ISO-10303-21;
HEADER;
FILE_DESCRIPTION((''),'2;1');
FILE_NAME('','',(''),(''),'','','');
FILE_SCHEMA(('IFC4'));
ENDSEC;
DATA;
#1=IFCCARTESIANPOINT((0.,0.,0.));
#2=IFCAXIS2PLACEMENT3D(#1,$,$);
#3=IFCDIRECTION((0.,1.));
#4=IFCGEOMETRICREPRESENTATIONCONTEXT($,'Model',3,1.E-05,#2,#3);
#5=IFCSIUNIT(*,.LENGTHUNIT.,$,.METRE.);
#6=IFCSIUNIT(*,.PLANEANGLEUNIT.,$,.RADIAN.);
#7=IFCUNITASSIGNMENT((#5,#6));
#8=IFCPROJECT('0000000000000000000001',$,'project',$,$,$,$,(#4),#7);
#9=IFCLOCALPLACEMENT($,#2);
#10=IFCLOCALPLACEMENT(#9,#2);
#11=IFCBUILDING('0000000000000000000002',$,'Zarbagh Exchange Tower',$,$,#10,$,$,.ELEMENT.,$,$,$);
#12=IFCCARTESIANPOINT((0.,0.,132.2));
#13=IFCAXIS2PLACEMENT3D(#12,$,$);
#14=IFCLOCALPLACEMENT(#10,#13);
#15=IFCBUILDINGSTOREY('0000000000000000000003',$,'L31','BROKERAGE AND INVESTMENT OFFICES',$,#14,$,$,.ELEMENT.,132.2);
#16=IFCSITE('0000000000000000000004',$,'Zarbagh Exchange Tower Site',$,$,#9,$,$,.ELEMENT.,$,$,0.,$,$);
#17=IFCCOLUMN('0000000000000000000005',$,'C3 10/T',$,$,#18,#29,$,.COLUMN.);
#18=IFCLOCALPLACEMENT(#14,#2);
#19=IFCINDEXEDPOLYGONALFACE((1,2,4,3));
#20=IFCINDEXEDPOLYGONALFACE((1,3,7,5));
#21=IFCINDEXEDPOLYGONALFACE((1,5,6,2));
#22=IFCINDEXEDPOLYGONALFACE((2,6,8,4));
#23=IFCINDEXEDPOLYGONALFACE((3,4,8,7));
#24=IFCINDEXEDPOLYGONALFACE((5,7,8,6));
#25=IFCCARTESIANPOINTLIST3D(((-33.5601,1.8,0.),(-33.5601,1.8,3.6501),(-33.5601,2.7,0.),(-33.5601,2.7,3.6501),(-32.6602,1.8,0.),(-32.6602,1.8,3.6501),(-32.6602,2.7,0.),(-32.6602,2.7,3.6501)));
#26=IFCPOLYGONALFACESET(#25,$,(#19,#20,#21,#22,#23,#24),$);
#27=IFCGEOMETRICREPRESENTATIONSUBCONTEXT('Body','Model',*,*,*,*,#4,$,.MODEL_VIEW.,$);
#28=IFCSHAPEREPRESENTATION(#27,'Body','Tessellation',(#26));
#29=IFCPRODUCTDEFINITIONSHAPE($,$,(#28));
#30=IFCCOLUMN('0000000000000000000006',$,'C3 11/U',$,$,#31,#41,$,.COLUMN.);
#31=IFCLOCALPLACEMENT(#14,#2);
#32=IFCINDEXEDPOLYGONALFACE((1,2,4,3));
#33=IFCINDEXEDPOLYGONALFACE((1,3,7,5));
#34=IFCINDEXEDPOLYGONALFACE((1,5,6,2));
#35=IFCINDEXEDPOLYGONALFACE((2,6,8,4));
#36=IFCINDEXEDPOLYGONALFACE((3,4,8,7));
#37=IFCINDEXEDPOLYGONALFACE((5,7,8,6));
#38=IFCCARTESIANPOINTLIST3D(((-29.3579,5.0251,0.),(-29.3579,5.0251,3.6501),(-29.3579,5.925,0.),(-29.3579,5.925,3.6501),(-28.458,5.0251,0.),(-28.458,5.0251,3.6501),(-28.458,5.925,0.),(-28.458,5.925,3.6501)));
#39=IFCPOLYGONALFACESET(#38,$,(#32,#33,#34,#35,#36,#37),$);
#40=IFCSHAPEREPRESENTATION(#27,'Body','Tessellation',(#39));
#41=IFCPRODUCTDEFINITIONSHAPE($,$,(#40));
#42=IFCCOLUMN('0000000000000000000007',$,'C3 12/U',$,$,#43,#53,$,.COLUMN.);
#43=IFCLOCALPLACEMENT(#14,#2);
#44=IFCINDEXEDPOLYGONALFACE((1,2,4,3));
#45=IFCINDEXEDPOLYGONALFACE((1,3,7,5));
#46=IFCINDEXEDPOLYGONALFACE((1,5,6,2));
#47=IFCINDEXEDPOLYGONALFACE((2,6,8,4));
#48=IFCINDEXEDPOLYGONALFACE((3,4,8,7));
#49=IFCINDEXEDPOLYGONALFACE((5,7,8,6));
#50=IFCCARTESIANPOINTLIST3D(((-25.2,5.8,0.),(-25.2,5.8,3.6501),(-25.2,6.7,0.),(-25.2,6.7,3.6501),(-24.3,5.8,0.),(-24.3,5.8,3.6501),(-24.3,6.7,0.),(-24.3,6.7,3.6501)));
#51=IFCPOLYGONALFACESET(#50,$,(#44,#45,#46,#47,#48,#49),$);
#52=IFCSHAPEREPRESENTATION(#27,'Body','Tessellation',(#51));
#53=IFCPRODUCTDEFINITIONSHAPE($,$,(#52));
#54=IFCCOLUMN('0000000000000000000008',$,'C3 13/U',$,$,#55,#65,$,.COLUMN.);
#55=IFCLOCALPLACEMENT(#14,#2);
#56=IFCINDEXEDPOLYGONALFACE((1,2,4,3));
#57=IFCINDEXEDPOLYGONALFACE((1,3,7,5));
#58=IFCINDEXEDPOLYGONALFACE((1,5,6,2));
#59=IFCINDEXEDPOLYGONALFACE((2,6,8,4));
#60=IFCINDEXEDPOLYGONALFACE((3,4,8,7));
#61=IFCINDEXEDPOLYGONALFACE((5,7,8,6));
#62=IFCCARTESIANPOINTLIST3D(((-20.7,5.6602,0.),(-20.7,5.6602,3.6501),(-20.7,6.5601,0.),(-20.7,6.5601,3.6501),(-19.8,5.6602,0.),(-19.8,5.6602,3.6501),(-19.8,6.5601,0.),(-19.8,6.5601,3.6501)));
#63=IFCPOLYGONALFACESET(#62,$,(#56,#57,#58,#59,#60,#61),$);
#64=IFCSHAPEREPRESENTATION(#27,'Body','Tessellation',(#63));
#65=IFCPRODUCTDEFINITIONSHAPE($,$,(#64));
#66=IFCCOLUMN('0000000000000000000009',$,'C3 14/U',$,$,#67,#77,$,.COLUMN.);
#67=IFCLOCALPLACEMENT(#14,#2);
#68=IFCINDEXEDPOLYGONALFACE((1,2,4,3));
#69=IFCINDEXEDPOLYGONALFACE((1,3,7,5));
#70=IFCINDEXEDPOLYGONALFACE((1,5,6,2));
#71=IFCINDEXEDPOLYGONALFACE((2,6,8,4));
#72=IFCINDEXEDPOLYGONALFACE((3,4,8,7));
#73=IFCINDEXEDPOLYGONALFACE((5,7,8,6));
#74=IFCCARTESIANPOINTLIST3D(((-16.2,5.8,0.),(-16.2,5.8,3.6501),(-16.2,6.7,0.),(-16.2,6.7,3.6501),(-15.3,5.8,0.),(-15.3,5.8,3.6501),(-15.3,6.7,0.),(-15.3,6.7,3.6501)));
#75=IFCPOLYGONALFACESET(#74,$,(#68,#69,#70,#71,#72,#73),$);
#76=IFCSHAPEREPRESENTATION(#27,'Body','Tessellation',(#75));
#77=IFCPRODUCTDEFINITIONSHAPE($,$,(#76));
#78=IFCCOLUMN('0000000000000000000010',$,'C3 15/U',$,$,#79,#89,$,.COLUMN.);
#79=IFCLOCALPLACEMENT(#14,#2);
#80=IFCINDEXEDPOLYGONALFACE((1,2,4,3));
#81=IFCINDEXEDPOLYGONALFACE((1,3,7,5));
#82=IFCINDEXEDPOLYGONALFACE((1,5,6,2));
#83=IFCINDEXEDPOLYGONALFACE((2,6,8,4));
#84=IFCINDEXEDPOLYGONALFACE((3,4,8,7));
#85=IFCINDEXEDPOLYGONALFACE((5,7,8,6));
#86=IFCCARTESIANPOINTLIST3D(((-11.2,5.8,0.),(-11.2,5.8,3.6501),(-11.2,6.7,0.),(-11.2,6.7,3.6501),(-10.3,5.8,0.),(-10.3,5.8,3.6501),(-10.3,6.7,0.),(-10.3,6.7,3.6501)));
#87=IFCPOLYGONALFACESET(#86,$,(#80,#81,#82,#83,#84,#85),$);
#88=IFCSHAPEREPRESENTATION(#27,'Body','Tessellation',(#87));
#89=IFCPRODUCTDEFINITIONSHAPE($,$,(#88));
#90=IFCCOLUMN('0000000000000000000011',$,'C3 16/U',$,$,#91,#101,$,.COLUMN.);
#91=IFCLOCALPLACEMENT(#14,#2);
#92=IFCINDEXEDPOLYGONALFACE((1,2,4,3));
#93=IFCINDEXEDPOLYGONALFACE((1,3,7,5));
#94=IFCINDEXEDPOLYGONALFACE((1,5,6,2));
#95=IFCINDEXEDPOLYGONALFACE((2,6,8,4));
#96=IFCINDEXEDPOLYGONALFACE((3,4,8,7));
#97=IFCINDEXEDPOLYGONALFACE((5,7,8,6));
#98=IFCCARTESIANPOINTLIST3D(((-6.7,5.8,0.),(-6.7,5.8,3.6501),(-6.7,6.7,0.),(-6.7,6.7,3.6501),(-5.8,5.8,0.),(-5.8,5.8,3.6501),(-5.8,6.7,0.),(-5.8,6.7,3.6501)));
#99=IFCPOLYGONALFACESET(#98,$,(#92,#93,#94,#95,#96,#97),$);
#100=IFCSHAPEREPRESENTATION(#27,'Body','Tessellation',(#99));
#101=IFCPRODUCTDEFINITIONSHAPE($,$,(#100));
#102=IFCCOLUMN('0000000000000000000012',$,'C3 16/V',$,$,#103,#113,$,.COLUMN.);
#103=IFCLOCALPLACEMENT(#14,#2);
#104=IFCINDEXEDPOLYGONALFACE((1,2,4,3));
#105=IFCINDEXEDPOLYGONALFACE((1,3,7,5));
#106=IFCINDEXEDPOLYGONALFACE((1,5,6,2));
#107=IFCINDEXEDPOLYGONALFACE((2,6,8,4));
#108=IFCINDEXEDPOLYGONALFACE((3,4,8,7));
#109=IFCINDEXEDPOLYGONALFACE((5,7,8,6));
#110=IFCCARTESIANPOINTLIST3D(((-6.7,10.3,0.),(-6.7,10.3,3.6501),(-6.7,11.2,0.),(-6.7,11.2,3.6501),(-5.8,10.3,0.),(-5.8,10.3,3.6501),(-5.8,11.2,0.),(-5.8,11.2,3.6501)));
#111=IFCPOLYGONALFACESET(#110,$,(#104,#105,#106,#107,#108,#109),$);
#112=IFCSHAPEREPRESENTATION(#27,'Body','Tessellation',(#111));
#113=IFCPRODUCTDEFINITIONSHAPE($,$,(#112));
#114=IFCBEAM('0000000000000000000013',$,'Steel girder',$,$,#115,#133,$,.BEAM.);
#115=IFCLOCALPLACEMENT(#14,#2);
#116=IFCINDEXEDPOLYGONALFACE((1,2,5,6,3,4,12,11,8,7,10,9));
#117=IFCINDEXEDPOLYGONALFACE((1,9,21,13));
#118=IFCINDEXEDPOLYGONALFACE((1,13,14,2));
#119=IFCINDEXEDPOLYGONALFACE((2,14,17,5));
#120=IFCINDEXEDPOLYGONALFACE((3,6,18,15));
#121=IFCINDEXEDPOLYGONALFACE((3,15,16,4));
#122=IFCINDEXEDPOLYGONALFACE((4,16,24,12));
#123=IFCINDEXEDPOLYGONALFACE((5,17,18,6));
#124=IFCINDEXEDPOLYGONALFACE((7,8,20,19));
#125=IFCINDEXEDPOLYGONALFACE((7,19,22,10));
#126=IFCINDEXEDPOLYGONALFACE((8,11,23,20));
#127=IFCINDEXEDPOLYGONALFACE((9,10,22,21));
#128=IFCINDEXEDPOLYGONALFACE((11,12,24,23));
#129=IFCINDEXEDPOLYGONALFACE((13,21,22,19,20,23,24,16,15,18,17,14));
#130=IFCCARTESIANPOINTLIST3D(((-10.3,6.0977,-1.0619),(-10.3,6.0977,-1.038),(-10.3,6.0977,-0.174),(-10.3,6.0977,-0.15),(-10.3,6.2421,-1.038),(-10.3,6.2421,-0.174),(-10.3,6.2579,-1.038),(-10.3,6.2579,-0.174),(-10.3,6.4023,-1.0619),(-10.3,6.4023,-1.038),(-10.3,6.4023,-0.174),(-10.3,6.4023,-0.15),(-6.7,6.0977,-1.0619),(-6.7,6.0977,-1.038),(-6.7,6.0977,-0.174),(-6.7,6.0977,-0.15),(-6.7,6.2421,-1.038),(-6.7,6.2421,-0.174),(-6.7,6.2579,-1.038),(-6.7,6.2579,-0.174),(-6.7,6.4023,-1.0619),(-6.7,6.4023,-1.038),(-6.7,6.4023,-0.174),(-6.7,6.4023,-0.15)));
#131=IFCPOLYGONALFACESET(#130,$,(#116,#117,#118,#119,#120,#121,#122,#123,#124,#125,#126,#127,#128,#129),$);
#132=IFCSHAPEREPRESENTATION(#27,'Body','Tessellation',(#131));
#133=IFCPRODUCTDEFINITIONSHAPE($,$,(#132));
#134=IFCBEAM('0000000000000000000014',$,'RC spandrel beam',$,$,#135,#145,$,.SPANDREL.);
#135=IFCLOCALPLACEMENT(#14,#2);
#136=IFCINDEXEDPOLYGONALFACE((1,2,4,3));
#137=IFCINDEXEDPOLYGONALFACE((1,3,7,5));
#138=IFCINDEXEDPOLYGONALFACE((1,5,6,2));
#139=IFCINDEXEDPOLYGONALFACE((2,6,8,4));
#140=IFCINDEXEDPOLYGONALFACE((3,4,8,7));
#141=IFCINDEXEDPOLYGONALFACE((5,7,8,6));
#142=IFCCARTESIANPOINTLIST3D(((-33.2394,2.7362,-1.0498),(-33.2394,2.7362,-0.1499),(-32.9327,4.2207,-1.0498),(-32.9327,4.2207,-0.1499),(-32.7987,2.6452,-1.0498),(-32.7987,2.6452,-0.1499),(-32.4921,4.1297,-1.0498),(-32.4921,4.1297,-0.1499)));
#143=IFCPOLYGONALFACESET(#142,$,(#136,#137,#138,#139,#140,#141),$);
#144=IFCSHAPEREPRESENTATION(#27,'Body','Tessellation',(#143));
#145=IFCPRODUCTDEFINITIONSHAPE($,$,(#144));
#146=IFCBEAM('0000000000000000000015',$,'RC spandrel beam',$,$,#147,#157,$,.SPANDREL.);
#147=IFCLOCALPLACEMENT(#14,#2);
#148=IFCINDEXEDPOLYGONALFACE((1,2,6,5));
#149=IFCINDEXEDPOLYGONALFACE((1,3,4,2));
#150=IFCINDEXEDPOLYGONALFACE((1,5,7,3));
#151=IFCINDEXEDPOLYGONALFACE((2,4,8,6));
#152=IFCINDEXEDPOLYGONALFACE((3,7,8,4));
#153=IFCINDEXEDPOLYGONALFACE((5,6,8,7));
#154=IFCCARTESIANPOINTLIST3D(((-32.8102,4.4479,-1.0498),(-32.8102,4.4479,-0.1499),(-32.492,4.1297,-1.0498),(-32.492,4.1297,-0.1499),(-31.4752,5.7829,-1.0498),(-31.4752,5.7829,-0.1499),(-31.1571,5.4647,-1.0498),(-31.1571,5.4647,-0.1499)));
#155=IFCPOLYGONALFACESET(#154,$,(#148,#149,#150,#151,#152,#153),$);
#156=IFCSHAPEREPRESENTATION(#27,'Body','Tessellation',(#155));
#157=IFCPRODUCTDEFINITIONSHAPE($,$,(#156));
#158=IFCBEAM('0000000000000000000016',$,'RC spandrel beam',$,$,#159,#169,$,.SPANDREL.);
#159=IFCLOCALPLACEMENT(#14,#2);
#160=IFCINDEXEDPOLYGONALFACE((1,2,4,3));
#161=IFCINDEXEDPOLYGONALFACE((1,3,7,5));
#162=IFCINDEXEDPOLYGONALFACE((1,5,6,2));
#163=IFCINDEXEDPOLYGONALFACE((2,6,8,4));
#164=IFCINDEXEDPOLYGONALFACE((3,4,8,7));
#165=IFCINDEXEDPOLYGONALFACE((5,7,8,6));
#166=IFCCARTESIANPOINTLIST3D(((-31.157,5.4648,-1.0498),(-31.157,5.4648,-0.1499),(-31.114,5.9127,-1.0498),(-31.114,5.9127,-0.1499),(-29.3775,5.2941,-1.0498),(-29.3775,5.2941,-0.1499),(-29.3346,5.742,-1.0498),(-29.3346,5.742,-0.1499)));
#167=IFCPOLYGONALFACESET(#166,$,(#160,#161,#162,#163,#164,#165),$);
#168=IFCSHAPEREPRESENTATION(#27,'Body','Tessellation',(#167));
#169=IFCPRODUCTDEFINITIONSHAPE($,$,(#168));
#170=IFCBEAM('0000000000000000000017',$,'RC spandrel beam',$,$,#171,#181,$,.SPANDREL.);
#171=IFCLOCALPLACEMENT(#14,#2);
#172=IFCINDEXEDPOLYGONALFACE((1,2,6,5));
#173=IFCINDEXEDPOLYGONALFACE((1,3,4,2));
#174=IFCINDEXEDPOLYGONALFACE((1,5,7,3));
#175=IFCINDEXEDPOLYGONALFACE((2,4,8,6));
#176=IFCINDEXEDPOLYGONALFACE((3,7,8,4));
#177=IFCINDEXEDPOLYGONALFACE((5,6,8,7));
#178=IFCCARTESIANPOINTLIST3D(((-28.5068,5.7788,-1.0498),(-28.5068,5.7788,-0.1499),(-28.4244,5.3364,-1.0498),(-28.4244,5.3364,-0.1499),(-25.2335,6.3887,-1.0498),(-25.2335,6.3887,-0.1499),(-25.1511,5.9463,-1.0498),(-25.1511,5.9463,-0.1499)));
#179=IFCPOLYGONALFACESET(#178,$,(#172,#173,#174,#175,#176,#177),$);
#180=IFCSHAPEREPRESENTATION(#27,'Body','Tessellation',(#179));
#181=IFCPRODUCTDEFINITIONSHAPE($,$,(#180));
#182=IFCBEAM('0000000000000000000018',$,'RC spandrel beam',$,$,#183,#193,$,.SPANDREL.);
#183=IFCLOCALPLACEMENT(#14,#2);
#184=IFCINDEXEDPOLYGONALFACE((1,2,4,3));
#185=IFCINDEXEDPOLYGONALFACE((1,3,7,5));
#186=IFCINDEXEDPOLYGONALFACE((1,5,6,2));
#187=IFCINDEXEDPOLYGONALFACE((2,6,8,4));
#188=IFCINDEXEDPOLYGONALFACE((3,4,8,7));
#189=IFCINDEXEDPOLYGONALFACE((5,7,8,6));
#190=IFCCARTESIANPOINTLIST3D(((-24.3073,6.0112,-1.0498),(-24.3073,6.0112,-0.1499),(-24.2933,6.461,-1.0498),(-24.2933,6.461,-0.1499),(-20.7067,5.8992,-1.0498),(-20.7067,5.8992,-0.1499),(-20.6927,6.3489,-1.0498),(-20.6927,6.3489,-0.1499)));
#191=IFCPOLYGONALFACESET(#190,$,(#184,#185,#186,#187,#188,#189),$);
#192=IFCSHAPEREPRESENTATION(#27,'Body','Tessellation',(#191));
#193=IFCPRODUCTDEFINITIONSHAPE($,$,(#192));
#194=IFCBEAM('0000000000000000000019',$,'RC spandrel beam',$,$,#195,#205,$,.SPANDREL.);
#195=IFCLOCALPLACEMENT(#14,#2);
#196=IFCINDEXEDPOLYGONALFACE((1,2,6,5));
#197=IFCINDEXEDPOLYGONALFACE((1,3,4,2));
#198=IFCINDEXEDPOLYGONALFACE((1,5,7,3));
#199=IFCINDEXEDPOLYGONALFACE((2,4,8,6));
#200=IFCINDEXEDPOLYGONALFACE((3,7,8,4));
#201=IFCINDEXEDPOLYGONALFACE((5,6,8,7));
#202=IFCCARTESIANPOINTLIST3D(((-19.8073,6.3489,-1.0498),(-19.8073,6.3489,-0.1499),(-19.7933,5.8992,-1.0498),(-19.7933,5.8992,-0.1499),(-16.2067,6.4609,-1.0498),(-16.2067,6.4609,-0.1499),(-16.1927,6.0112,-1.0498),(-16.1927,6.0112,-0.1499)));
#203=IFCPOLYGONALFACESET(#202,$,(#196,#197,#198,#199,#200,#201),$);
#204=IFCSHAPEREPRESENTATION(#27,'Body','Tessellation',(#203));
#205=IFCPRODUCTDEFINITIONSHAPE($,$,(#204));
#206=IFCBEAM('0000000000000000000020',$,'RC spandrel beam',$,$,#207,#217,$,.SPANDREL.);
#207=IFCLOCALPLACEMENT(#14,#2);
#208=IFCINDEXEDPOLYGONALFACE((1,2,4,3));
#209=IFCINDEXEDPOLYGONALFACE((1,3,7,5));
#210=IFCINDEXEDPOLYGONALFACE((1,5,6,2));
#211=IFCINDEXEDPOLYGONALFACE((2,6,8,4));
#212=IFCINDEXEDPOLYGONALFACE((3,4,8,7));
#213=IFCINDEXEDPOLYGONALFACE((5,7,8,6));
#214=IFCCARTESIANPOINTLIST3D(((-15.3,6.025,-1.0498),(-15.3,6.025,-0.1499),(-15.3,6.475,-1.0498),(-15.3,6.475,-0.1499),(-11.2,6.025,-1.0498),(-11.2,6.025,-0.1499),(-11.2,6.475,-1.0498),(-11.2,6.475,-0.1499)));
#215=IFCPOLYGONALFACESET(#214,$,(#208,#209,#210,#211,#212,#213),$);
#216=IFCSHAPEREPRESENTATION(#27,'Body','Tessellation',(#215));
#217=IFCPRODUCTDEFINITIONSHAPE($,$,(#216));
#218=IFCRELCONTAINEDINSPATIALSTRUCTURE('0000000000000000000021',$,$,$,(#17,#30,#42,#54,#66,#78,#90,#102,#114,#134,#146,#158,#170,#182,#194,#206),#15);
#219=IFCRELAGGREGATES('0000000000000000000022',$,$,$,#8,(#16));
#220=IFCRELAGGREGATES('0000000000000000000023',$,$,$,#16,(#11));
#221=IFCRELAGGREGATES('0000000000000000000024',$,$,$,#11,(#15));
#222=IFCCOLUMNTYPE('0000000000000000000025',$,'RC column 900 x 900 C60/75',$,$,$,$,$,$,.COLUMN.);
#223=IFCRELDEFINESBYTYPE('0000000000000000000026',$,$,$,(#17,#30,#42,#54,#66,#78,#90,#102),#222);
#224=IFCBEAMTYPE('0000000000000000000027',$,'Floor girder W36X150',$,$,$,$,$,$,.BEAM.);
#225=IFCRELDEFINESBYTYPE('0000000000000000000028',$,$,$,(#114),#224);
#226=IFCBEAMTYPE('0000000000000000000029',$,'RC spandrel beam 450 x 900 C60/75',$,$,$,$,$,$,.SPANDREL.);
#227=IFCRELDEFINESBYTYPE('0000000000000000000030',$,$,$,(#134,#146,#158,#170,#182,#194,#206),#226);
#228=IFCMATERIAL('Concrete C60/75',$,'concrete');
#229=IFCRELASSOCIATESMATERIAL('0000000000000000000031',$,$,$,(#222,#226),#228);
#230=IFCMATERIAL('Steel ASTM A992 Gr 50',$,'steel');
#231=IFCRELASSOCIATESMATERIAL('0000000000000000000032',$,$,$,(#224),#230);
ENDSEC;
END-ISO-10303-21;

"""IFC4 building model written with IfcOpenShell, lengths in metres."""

from ifc_helpers import new_model, si_unit, direction, frame, origin, origin_2d, place, context, subcontext, project, spatial, rectangle, i_section, extrude, material, material_profile, profile_set, type_object, element, save


model = new_model("IFC4")

# Units and contexts
model_context = context("Model", 3, precision=1e-05, world=origin(), true_north=direction((0.0, 1.0)))
body_context = subcontext(model_context, "Body", "Model", "MODEL_VIEW")
ifc_project = project(units=[si_unit("LENGTHUNIT", "METRE"), si_unit("PLANEANGLEUNIT", "RADIAN")], contexts=[model_context])

# Site, building, storey
site_placement = place(None, origin())
site = spatial("IfcSite", under=ifc_project, at=site_placement, Name="Zarbagh Exchange Tower Site", CompositionType="ELEMENT", RefElevation=0.0)
building_placement = place(site_placement, origin())
building = spatial("IfcBuilding", under=site, at=building_placement, Name="Zarbagh Exchange Tower", CompositionType="ELEMENT")
storey_placement = place(building_placement, frame((0.0, 0.0, 132.2)))
storey = spatial("IfcBuildingStorey", under=building, at=storey_placement, Name="L31", Description="BROKERAGE AND INVESTMENT OFFICES", CompositionType="ELEMENT", Elevation=132.2)

# Columns
ifc_material_1 = material(Name="Concrete C60/75", Category="concrete")
ifc_material_profile_1 = material_profile(ifc_material_1, rectangle(XDim=0.8999, YDim=0.8999, at=origin_2d()), Name="RC column 900 x 900 C60/75")
ifc_profile_set_1 = profile_set([ifc_material_profile_1], Name="Concrete C60/75")
column_type = type_object("IfcColumnType", Name="RC column 900 x 900 C60/75", PredefinedType="COLUMN", material=ifc_profile_set_1)
for number, where, z_axis, x_axis, name in (
    (1, (-33.1101, 2.25, 0.0), (0.0, 0.0, 1.0), (1.0, 0.0, 0.0), "C3 10/T"),
    (2, (-28.908, 5.4751, 0.0), (0.0, 0.0, 1.0), (1.0, 0.0, 0.0), "C3 11/U"),
    (3, (-24.75, 6.25, 0.0), (0.0, 0.0, 1.0), (1.0, 0.0, 0.0), "C3 12/U"),
    (4, (-20.25, 6.1101, 0.0), (0.0, 0.0, 1.0), (1.0, 0.0, 0.0), "C3 13/U"),
    (5, (-15.75, 6.25, 0.0), (0.0, 0.0, 1.0), (1.0, 0.0, 0.0), "C3 14/U"),
    (6, (-10.75, 6.25, 0.0), (0.0, 0.0, 1.0), (1.0, 0.0, 0.0), "C3 15/U"),
    (7, (-6.25, 6.25, 0.0), (0.0, 0.0, 1.0), (1.0, 0.0, 0.0), "C3 16/U"),
    (8, (-6.25, 10.75, 0.0), (0.0, 0.0, 1.0), (1.0, 0.0, 0.0), "C3 16/V"),
):
    element("IfcColumn", number, at=place(storey_placement, frame(where, z_axis=z_axis, x_axis=x_axis)), inside=storey, type_object=column_type, Name=name, PredefinedType="COLUMN", context=body_context, shape_type="SweptSolid", body=[
        extrude(rectangle(XDim=0.8999, YDim=0.8999, at=origin_2d()), origin(), (0.0, 0.0, 1.0), 3.6501),
    ])

# Beams
ifc_material_2 = material(Name="Steel ASTM A992 Gr 50", Category="steel")
ifc_material_profile_2 = material_profile(ifc_material_2, i_section(OverallWidth=0.3047, OverallDepth=0.9119, WebThickness=0.0159, FlangeThickness=0.0239, at=origin_2d()), Name="W36X150")
ifc_profile_set_2 = profile_set([ifc_material_profile_2], Name="Steel ASTM A992 Gr 50")
beam_type_1 = type_object("IfcBeamType", Name="Floor girder W36X150", PredefinedType="BEAM", material=ifc_profile_set_2)
beam_1_placement = place(storey_placement, frame((-10.3, 6.25, -0.606), z_axis=(1.0, 0.0, 0.0), x_axis=(0.0, 1.0, 0.0)))
element("IfcBeam", 9, at=beam_1_placement, inside=storey, type_object=beam_type_1, Name="Steel girder", PredefinedType="BEAM", context=body_context, shape_type="SweptSolid", body=[
    extrude(i_section(OverallWidth=0.3047, OverallDepth=0.9119, WebThickness=0.0159, FlangeThickness=0.0239, at=origin_2d()), origin(), (0.0, 0.0, 1.0), 3.6001),
])
ifc_material_profile_3 = material_profile(ifc_material_1, rectangle(XDim=0.45, YDim=0.8999, at=origin_2d()), Name="RC spandrel beam 450 x 900 C60/75")
ifc_profile_set_3 = profile_set([ifc_material_profile_3], Name="Concrete C60/75")
beam_type_2 = type_object("IfcBeamType", Name="RC spandrel beam 450 x 900 C60/75", PredefinedType="SPANDREL", material=ifc_profile_set_3)
beam_2_placement = place(storey_placement, frame((-33.019, 2.6907, -0.5999), z_axis=(0.202275, 0.979329, 0.0), x_axis=(-0.979329, 0.202275, 0.0)))
element("IfcBeam", 10, at=beam_2_placement, inside=storey, type_object=beam_type_2, Name="RC spandrel beam", PredefinedType="SPANDREL", context=body_context, shape_type="SweptSolid", body=[
    extrude(rectangle(XDim=0.45, YDim=0.8999, at=origin_2d()), origin(), (0.0, 0.0, 1.0), 1.5159),
])
beam_3_placement = place(storey_placement, frame((-32.6511, 4.2888, -0.5999), z_axis=(0.707107, 0.707107, 0.0), x_axis=(-0.707107, 0.707107, 0.0)))
element("IfcBeam", 11, at=beam_3_placement, inside=storey, type_object=beam_type_2, Name="RC spandrel beam", PredefinedType="SPANDREL", context=body_context, shape_type="SweptSolid", body=[
    extrude(rectangle(XDim=0.45, YDim=0.8999, at=origin_2d()), origin(), (0.0, 0.0, 1.0), 1.8879),
])
beam_4_placement = place(storey_placement, frame((-31.1355, 5.6887, -0.5999), z_axis=(0.995433, -0.09546, 0.0), x_axis=(0.09546, 0.995433, 0.0)))
element("IfcBeam", 12, at=beam_4_placement, inside=storey, type_object=beam_type_2, Name="RC spandrel beam", PredefinedType="SPANDREL", context=body_context, shape_type="SweptSolid", body=[
    extrude(rectangle(XDim=0.45, YDim=0.8999, at=origin_2d()), origin(), (0.0, 0.0, 1.0), 1.7876),
])
beam_5_placement = place(storey_placement, frame((-28.4656, 5.5576, -0.5999), z_axis=(0.983082, 0.183168, 0.0), x_axis=(-0.183168, 0.983082, 0.0)))
element("IfcBeam", 13, at=beam_5_placement, inside=storey, type_object=beam_type_2, Name="RC spandrel beam", PredefinedType="SPANDREL", context=body_context, shape_type="SweptSolid", body=[
    extrude(rectangle(XDim=0.45, YDim=0.8999, at=origin_2d()), origin(), (0.0, 0.0, 1.0), 3.3296),
])
for number, where, z_axis, x_axis, name in (
    (14, (-24.3003, 6.2361, -0.5999), (0.999516, -0.031108, 0.0), (0.031108, 0.999516, 0.0), "RC spandrel beam"),
    (15, (-19.8003, 6.124, -0.5999), (0.999516, 0.031108, 0.0), (-0.031108, 0.999516, 0.0), "RC spandrel beam"),
):
    element("IfcBeam", number, at=place(storey_placement, frame(where, z_axis=z_axis, x_axis=x_axis)), inside=storey, type_object=beam_type_2, Name=name, PredefinedType="SPANDREL", context=body_context, shape_type="SweptSolid", body=[
        extrude(rectangle(XDim=0.45, YDim=0.8999, at=origin_2d()), origin(), (0.0, 0.0, 1.0), 3.6023),
    ])
beam_6_placement = place(storey_placement, frame((-15.3, 6.25, -0.5999), z_axis=(1.0, 0.0, 0.0), x_axis=(0.0, 1.0, 0.0)))
element("IfcBeam", 16, at=beam_6_placement, inside=storey, type_object=beam_type_2, Name="RC spandrel beam", PredefinedType="SPANDREL", context=body_context, shape_type="SweptSolid", body=[
    extrude(rectangle(XDim=0.45, YDim=0.8999, at=origin_2d()), origin(), (0.0, 0.0, 1.0), 4.1001),
])

save(model, "model.ifc")
